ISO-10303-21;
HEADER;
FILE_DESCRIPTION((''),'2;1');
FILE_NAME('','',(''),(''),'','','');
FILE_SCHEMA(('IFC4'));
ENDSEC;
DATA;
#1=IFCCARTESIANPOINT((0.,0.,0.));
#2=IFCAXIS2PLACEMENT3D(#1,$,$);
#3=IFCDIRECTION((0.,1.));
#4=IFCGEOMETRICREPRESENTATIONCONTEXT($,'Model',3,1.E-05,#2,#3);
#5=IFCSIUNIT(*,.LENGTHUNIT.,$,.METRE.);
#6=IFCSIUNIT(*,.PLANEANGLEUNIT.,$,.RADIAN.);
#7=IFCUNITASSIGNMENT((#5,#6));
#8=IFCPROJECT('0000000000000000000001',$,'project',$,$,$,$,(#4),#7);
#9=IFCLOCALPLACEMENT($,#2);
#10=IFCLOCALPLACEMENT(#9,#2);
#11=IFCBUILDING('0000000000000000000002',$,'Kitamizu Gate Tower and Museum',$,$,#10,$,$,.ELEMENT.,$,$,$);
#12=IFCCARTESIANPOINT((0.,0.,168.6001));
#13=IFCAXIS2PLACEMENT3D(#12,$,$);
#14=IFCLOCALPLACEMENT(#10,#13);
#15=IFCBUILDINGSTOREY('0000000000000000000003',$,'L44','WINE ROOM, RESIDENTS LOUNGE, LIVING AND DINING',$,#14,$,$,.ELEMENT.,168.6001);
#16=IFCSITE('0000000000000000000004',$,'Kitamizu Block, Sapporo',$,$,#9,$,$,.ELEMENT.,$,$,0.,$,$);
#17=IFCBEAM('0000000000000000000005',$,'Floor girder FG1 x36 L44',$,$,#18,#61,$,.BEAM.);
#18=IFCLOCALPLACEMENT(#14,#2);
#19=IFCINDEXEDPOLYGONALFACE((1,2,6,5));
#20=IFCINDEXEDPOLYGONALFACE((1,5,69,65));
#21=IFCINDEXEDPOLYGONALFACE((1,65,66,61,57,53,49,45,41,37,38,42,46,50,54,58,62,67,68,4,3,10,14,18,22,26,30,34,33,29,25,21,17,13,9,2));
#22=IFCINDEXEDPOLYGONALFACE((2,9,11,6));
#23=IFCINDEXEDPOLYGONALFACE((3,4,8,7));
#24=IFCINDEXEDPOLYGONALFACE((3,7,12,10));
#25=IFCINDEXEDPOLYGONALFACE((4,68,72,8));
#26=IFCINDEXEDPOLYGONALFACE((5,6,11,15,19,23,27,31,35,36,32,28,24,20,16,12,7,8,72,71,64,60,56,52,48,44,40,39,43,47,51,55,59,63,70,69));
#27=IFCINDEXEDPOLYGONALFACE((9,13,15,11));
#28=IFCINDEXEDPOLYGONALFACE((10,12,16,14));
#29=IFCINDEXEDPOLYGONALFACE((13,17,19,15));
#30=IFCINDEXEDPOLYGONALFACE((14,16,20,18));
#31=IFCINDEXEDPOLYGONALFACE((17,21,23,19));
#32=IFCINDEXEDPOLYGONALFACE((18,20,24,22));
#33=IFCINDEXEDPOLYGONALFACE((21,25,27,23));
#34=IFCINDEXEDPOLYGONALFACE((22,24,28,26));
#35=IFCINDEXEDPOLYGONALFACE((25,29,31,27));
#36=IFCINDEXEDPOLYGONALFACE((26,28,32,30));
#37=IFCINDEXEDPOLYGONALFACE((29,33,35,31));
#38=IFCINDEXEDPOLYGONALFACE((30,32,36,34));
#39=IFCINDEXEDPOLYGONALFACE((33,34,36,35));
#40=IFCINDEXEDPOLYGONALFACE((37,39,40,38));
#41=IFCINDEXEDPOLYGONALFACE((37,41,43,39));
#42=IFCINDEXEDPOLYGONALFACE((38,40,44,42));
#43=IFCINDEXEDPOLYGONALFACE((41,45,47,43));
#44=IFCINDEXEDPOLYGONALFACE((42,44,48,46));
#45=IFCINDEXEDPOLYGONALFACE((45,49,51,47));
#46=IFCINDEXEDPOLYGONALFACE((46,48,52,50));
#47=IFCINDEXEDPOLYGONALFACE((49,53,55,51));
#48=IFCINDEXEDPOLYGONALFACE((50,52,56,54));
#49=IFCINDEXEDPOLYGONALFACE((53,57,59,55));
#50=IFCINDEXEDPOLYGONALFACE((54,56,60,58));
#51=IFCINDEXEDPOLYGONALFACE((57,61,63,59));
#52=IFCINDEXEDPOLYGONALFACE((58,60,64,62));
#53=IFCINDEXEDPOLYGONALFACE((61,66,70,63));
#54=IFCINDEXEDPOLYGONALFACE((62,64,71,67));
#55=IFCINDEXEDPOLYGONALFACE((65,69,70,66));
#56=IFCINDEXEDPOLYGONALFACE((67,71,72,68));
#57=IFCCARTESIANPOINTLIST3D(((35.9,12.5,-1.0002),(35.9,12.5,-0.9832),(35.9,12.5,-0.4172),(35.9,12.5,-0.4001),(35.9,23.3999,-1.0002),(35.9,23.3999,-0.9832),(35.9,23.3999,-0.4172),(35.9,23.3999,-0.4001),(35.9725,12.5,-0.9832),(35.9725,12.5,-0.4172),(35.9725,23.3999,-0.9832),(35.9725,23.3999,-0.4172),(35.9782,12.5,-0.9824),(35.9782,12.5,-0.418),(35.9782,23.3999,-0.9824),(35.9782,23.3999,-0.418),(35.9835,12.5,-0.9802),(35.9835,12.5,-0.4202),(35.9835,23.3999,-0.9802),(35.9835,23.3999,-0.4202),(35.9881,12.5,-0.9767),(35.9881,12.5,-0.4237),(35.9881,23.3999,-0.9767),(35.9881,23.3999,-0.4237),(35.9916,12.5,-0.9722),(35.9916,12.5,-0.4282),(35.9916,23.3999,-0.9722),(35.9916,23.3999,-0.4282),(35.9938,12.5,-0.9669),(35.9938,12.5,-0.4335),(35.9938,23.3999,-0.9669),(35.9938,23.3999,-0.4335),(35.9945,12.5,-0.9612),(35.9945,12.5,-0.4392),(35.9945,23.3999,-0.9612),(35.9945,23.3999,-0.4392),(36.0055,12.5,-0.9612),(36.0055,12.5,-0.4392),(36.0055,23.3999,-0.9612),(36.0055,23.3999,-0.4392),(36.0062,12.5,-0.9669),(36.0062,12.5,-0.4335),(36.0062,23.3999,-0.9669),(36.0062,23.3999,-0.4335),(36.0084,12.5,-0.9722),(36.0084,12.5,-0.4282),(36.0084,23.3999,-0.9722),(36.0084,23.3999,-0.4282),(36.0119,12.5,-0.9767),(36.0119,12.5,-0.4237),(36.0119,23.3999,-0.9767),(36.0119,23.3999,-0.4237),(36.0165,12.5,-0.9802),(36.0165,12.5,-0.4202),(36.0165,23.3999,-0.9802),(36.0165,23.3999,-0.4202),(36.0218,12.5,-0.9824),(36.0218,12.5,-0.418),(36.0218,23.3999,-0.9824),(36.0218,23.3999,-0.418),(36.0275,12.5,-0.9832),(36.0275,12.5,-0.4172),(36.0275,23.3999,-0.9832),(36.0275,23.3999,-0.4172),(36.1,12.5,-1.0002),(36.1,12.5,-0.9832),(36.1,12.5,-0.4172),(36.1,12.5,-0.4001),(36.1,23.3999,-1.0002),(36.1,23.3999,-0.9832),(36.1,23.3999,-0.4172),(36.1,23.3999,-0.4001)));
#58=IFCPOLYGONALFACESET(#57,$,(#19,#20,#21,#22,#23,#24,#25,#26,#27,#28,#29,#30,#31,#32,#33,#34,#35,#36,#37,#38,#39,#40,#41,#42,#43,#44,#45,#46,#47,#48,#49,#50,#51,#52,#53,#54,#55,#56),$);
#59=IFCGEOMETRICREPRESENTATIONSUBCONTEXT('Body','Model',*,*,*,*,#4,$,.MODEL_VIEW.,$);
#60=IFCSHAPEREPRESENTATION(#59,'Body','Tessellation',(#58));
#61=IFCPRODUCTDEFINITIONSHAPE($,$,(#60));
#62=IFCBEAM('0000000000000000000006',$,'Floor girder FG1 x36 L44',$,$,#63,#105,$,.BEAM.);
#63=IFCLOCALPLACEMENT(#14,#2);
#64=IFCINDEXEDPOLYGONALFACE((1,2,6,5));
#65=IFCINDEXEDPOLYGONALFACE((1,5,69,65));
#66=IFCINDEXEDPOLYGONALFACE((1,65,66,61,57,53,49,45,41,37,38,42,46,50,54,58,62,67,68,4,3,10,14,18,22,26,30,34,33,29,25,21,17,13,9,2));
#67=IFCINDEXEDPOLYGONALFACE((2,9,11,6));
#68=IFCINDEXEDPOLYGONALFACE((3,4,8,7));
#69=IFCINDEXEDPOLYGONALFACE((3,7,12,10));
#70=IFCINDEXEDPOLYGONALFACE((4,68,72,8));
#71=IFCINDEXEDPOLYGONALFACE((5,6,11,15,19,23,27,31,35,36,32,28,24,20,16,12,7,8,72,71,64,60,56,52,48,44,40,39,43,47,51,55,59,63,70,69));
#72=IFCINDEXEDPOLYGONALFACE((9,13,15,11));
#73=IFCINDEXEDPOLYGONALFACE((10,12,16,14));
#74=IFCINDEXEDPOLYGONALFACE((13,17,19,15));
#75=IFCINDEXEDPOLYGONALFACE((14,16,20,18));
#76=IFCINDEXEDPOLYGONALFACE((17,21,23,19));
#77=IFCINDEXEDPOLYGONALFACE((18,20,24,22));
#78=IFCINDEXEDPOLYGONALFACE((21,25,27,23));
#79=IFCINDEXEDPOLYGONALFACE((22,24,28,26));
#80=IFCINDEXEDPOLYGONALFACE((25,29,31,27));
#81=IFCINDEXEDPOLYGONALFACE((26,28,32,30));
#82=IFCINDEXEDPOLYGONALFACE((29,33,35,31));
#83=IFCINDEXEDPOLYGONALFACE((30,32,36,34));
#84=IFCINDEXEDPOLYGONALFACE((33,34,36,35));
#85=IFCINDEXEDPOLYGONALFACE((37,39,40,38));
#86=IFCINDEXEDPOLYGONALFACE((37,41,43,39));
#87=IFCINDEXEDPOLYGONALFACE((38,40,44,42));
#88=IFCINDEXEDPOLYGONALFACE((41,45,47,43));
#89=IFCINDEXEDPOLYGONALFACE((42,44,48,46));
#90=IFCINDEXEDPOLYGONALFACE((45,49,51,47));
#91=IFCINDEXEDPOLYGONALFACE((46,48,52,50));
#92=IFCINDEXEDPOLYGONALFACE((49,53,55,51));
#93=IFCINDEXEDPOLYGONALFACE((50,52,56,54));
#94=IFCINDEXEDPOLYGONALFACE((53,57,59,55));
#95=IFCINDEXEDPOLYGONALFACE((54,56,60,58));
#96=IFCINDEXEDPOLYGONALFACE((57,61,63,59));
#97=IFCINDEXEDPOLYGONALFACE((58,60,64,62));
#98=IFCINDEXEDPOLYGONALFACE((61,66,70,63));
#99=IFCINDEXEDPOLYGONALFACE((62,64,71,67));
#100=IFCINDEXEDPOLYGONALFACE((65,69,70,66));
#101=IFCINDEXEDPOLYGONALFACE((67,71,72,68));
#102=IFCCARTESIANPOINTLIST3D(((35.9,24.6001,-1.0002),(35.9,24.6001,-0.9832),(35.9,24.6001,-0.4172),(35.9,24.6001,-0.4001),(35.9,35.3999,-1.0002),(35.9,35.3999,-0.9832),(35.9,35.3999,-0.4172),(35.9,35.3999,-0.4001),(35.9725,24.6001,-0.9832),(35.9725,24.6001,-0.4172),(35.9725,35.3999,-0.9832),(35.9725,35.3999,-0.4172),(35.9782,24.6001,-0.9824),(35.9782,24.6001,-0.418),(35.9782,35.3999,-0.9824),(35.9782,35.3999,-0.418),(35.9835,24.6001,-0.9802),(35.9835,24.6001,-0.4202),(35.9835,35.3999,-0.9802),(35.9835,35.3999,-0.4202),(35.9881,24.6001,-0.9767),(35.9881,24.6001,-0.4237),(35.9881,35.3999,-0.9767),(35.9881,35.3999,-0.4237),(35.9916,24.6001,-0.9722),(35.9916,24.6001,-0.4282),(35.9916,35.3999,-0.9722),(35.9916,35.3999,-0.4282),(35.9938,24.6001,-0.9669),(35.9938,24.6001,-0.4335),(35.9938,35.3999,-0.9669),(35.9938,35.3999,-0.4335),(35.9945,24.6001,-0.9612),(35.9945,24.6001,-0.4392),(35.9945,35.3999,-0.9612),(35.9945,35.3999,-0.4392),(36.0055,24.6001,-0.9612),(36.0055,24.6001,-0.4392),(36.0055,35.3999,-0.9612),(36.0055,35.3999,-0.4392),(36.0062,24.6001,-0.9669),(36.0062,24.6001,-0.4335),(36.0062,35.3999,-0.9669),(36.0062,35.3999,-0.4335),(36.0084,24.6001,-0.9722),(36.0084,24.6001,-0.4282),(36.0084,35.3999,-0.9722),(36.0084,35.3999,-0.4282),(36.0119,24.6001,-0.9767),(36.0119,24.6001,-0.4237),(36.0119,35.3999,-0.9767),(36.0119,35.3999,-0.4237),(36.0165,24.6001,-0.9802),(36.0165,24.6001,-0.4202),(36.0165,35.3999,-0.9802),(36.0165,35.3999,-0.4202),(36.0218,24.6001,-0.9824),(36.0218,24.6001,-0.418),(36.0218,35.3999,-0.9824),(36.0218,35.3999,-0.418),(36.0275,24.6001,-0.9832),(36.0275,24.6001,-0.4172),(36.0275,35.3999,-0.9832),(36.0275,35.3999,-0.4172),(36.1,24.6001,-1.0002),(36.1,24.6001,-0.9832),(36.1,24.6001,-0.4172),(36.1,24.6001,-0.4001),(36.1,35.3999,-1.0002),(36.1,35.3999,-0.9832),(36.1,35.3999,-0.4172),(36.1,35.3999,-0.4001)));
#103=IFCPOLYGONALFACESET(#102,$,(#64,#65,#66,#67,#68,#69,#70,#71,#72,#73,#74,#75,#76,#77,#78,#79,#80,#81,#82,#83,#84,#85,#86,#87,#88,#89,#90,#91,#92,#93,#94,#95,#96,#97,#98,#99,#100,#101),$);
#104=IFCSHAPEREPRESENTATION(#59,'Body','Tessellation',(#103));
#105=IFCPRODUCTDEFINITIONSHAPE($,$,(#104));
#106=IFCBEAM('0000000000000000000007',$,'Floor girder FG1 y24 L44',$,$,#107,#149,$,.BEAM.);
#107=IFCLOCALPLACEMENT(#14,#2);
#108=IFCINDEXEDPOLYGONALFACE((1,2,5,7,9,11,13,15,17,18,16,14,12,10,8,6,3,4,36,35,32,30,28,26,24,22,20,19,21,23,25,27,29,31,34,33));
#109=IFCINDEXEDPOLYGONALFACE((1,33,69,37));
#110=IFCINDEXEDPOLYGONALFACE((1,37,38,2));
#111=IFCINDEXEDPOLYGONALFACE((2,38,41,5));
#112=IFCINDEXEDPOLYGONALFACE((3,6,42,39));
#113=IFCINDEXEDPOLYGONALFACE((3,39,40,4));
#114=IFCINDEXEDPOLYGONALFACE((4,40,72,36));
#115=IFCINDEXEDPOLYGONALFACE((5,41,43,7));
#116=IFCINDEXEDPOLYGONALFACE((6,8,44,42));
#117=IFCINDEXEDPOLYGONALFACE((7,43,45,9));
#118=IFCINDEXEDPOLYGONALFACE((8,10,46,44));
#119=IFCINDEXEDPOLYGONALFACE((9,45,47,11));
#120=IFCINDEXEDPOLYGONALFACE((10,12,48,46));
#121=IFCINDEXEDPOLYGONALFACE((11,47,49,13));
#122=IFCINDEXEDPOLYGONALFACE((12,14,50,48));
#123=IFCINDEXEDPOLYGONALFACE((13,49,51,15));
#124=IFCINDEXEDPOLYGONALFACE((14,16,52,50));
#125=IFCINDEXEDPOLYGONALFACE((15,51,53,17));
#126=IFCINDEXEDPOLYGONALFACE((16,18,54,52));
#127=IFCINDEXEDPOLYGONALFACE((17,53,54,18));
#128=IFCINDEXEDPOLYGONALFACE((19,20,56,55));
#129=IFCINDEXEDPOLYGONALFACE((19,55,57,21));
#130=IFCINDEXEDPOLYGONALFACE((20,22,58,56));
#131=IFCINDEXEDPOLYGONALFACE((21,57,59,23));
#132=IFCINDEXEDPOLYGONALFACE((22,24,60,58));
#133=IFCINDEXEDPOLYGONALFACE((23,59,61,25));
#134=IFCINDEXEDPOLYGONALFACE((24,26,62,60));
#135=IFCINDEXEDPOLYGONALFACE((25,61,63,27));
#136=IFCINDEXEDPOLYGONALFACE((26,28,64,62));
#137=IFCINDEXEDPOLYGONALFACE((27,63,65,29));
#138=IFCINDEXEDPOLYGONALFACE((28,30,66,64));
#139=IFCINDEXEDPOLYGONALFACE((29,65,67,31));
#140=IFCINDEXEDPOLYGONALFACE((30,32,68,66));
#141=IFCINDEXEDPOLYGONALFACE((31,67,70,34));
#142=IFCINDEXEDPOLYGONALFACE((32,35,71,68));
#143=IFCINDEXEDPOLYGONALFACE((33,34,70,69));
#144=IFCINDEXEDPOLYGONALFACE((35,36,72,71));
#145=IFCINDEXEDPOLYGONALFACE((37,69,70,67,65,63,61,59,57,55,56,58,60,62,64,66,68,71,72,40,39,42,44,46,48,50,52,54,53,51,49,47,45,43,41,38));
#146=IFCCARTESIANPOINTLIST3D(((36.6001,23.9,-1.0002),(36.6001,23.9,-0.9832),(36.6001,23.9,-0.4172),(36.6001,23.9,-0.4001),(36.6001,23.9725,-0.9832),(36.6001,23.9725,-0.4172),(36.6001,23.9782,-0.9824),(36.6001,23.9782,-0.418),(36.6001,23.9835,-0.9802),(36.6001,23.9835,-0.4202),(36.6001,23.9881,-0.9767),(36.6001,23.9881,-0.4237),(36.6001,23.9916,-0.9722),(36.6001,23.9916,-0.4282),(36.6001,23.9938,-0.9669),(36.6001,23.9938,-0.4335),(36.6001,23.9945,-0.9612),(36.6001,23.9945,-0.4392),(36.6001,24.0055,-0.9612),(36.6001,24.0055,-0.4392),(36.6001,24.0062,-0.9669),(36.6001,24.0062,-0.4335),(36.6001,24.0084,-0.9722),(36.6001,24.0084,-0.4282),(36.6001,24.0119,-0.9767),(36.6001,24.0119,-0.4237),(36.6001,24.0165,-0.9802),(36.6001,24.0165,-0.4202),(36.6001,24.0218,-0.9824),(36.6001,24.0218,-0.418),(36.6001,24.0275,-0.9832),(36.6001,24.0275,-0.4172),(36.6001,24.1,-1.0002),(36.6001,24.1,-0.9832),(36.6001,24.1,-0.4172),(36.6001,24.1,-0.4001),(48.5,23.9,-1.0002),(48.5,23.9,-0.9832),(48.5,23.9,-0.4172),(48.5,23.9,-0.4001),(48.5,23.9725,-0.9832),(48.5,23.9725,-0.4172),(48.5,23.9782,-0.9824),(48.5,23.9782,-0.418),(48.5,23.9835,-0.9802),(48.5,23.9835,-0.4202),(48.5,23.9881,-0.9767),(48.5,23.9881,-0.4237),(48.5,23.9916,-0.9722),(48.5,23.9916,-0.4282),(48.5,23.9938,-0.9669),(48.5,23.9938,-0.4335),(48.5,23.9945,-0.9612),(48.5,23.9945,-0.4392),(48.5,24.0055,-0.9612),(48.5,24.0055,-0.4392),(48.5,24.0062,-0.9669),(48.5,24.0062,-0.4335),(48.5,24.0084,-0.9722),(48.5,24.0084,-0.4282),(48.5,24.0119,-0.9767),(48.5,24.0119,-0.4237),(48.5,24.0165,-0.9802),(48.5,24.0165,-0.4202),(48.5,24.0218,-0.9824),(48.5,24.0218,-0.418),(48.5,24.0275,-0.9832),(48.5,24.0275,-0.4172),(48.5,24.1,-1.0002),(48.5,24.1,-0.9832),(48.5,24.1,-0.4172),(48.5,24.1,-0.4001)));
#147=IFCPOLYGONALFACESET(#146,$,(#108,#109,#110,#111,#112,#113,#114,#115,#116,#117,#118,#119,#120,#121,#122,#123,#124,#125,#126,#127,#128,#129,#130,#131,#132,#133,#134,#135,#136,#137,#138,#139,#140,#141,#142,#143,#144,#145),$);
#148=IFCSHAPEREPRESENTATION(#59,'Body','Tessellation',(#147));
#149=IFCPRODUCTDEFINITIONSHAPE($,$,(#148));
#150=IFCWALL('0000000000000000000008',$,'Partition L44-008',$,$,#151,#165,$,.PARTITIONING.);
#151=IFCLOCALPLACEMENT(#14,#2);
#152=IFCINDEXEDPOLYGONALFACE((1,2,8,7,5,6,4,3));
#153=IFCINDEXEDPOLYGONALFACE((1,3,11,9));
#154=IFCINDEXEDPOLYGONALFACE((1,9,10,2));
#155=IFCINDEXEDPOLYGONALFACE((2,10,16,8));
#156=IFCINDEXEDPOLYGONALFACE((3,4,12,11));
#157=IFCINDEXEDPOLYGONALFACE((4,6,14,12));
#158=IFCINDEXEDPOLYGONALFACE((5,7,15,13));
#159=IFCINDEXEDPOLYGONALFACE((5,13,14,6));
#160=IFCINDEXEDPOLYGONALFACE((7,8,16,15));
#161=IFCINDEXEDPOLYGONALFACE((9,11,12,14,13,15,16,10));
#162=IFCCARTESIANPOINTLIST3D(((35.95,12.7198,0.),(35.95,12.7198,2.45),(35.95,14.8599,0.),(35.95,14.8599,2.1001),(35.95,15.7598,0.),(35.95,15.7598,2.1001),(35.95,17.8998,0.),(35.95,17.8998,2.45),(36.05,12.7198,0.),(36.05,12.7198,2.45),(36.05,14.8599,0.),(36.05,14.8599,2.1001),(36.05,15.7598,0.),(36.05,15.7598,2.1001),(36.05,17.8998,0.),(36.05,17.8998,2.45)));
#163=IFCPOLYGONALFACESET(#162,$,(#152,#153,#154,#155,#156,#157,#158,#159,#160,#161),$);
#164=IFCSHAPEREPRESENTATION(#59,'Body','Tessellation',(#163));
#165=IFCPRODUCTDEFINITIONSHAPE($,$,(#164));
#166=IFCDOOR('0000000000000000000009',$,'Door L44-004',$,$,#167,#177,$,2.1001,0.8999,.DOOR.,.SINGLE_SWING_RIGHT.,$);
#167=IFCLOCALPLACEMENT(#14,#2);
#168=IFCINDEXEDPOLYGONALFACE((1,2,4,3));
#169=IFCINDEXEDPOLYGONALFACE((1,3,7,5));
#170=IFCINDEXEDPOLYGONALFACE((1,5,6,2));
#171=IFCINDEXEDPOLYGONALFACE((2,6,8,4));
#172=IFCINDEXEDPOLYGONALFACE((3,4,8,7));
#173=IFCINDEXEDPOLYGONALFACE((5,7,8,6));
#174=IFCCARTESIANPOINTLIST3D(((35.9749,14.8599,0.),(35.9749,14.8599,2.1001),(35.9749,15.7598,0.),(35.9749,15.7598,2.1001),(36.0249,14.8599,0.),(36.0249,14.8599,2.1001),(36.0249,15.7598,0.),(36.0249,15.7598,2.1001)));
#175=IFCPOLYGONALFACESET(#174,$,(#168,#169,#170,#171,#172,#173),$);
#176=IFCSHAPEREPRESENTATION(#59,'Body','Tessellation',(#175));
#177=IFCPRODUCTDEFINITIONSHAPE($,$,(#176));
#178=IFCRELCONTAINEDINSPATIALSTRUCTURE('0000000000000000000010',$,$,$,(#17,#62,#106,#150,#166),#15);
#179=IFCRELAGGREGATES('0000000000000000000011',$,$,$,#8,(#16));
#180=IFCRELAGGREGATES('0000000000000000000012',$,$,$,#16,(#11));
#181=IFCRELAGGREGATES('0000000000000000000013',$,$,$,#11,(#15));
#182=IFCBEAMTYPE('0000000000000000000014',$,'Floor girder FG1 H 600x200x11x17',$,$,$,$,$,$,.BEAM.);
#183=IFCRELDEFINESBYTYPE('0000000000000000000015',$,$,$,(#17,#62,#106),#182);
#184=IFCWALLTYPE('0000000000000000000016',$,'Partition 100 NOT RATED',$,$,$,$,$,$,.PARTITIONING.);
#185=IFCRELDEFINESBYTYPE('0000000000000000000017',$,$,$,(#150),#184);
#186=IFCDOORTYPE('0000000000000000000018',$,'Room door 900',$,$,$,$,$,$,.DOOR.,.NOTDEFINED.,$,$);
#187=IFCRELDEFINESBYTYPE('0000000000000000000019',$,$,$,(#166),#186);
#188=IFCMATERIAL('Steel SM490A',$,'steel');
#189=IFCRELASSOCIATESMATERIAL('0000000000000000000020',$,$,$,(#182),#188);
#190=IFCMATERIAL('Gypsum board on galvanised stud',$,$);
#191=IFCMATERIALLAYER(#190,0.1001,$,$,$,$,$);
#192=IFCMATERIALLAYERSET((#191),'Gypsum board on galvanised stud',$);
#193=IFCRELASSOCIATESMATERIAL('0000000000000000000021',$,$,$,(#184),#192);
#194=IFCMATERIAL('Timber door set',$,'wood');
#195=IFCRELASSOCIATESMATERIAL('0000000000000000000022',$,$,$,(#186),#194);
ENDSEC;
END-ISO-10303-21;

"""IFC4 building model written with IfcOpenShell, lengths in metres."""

from ifc_helpers import new_model, si_unit, direction, frame, frame_2d, origin, origin_2d, place, context, subcontext, project, spatial, rectangle, i_section, extrude, material, layer, layer_set, material_profile, profile_set, type_object, element, fill, save


model = new_model("IFC4")

# Units and contexts
model_context = context("Model", 3, precision=1e-05, world=origin(), true_north=direction((0.0, 1.0)))
body_context = subcontext(model_context, "Body", "Model", "MODEL_VIEW")
ifc_project = project(units=[si_unit("LENGTHUNIT", "METRE"), si_unit("PLANEANGLEUNIT", "RADIAN")], contexts=[model_context])

# Site, building, storey
site_placement = place(None, origin())
site = spatial("IfcSite", under=ifc_project, at=site_placement, Name="Kitamizu Block, Sapporo", CompositionType="ELEMENT", RefElevation=0.0)
building_placement = place(site_placement, origin())
building = spatial("IfcBuilding", under=site, at=building_placement, Name="Kitamizu Gate Tower and Museum", CompositionType="ELEMENT")
storey_placement = place(building_placement, frame((0.0, 0.0, 168.6001)))
storey = spatial("IfcBuildingStorey", under=building, at=storey_placement, Name="L44", Description="WINE ROOM, RESIDENTS LOUNGE, LIVING AND DINING", CompositionType="ELEMENT", Elevation=168.6001)

# Beams
ifc_material_1 = material(Name="Steel SM490A", Category="steel")
ifc_material_profile_1 = material_profile(ifc_material_1, i_section(OverallWidth=0.2, OverallDepth=0.6001, WebThickness=0.011, FlangeThickness=0.0171, FilletRadius=0.022, at=origin_2d()), Name="H-600x200x11x17")
ifc_profile_set_1 = profile_set([ifc_material_profile_1], Name="Steel SM490A")
beam_type_1 = type_object("IfcBeamType", Name="Floor girder FG1 H 600x200x11x17", PredefinedType="BEAM", material=ifc_profile_set_1)
beam_1_placement = place(storey_placement, frame((36.0, 12.5, -0.7002), z_axis=(0.0, 1.0, 0.0), x_axis=(-1.0, 0.0, 0.0)))
element("IfcBeam", 1, at=beam_1_placement, inside=storey, type_object=beam_type_1, Name="Floor girder FG1 x36 L44", PredefinedType="BEAM", context=body_context, shape_type="SweptSolid", body=[
    extrude(i_section(OverallWidth=0.2, OverallDepth=0.6001, WebThickness=0.011, FlangeThickness=0.0171, FilletRadius=0.022, at=origin_2d()), origin(), (0.0, 0.0, 1.0), 10.8999),
])
beam_2_placement = place(storey_placement, frame((36.0, 24.6001, -0.7002), z_axis=(0.0, 1.0, 0.0), x_axis=(-1.0, 0.0, 0.0)))
element("IfcBeam", 2, at=beam_2_placement, inside=storey, type_object=beam_type_1, Name="Floor girder FG1 x36 L44", PredefinedType="BEAM", context=body_context, shape_type="SweptSolid", body=[
    extrude(i_section(OverallWidth=0.2, OverallDepth=0.6001, WebThickness=0.011, FlangeThickness=0.0171, FilletRadius=0.022, at=origin_2d()), origin(), (0.0, 0.0, 1.0), 10.7998),
])
beam_3_placement = place(storey_placement, frame((36.6001, 24.0, -0.7002), z_axis=(1.0, 0.0, 0.0), x_axis=(0.0, 1.0, 0.0)))
element("IfcBeam", 3, at=beam_3_placement, inside=storey, type_object=beam_type_1, Name="Floor girder FG1 y24 L44", PredefinedType="BEAM", context=body_context, shape_type="SweptSolid", body=[
    extrude(i_section(OverallWidth=0.2, OverallDepth=0.6001, WebThickness=0.011, FlangeThickness=0.0171, FilletRadius=0.022, at=origin_2d()), origin(), (0.0, 0.0, 1.0), 11.8999),
])

# Wall, opening, door
ifc_material_2 = material(Name="Gypsum board on galvanised stud")
ifc_layer_1 = layer(ifc_material_2, 0.1001)
ifc_layer_set_1 = layer_set([ifc_layer_1], Name="Gypsum board on galvanised stud")
wall_type_1 = type_object("IfcWallType", Name="Partition 100 NOT RATED", PredefinedType="PARTITIONING", material=ifc_layer_set_1)
wall_1_placement = place(storey_placement, frame((36.0, 12.72, 0.0), z_axis=(0.0, 0.0, 1.0), x_axis=(0.0, 1.0, 0.0)))
wall_1 = element("IfcWall", 4, at=wall_1_placement, inside=storey, type_object=wall_type_1, Name="Partition L44-008", PredefinedType="PARTITIONING", context=body_context, shape_type="SweptSolid", body=[
    extrude(rectangle(XDim=5.1799, YDim=0.1001, at=frame_2d((2.5898, 0.0))), origin(), (0.0, 0.0, 1.0), 2.45),
])
opening_1_placement = place(wall_1_placement, frame((2.1399, 0.0, 0.0)))
opening_1 = element("IfcOpeningElement", 5, at=opening_1_placement, cuts=wall_1, PredefinedType="OPENING", context=body_context, shape_type="SweptSolid", body=[
    extrude(rectangle(XDim=0.8999, YDim=2.1001, at=frame_2d((0.45, 1.05))), frame((0.0, 0.0601, 0.0), z_axis=(0.0, -1.0, 0.0), x_axis=(1.0, 0.0, 0.0)), (0.0, 0.0, 1.0), 0.1201),
])
ifc_material_3 = material(Name="Timber door set", Category="wood")
door_type_1 = type_object("IfcDoorType", Name="Room door 900", OperationType="NOTDEFINED", PredefinedType="DOOR", material=ifc_material_3)
door_1_placement = place(opening_1_placement, frame((0.8999, 0.0, 0.0), x_axis=(-1.0, 0.0, 0.0)))
door_1 = element("IfcDoor", 6, at=door_1_placement, inside=storey, type_object=door_type_1, Name="Door L44-004", OperationType="SINGLE_SWING_RIGHT", OverallHeight=2.1001, OverallWidth=0.8999, PredefinedType="DOOR", context=body_context, shape_type="SweptSolid", body=[
    extrude(rectangle(XDim=0.8999, YDim=2.1001, at=frame_2d((0.45, 1.05))), frame((0.0, 0.0249, 0.0), z_axis=(0.0, -1.0, 0.0), x_axis=(1.0, 0.0, 0.0)), (0.0, 0.0, 1.0), 0.05),
])
fill(opening_1, door_1)

save(model, "model.ifc")
